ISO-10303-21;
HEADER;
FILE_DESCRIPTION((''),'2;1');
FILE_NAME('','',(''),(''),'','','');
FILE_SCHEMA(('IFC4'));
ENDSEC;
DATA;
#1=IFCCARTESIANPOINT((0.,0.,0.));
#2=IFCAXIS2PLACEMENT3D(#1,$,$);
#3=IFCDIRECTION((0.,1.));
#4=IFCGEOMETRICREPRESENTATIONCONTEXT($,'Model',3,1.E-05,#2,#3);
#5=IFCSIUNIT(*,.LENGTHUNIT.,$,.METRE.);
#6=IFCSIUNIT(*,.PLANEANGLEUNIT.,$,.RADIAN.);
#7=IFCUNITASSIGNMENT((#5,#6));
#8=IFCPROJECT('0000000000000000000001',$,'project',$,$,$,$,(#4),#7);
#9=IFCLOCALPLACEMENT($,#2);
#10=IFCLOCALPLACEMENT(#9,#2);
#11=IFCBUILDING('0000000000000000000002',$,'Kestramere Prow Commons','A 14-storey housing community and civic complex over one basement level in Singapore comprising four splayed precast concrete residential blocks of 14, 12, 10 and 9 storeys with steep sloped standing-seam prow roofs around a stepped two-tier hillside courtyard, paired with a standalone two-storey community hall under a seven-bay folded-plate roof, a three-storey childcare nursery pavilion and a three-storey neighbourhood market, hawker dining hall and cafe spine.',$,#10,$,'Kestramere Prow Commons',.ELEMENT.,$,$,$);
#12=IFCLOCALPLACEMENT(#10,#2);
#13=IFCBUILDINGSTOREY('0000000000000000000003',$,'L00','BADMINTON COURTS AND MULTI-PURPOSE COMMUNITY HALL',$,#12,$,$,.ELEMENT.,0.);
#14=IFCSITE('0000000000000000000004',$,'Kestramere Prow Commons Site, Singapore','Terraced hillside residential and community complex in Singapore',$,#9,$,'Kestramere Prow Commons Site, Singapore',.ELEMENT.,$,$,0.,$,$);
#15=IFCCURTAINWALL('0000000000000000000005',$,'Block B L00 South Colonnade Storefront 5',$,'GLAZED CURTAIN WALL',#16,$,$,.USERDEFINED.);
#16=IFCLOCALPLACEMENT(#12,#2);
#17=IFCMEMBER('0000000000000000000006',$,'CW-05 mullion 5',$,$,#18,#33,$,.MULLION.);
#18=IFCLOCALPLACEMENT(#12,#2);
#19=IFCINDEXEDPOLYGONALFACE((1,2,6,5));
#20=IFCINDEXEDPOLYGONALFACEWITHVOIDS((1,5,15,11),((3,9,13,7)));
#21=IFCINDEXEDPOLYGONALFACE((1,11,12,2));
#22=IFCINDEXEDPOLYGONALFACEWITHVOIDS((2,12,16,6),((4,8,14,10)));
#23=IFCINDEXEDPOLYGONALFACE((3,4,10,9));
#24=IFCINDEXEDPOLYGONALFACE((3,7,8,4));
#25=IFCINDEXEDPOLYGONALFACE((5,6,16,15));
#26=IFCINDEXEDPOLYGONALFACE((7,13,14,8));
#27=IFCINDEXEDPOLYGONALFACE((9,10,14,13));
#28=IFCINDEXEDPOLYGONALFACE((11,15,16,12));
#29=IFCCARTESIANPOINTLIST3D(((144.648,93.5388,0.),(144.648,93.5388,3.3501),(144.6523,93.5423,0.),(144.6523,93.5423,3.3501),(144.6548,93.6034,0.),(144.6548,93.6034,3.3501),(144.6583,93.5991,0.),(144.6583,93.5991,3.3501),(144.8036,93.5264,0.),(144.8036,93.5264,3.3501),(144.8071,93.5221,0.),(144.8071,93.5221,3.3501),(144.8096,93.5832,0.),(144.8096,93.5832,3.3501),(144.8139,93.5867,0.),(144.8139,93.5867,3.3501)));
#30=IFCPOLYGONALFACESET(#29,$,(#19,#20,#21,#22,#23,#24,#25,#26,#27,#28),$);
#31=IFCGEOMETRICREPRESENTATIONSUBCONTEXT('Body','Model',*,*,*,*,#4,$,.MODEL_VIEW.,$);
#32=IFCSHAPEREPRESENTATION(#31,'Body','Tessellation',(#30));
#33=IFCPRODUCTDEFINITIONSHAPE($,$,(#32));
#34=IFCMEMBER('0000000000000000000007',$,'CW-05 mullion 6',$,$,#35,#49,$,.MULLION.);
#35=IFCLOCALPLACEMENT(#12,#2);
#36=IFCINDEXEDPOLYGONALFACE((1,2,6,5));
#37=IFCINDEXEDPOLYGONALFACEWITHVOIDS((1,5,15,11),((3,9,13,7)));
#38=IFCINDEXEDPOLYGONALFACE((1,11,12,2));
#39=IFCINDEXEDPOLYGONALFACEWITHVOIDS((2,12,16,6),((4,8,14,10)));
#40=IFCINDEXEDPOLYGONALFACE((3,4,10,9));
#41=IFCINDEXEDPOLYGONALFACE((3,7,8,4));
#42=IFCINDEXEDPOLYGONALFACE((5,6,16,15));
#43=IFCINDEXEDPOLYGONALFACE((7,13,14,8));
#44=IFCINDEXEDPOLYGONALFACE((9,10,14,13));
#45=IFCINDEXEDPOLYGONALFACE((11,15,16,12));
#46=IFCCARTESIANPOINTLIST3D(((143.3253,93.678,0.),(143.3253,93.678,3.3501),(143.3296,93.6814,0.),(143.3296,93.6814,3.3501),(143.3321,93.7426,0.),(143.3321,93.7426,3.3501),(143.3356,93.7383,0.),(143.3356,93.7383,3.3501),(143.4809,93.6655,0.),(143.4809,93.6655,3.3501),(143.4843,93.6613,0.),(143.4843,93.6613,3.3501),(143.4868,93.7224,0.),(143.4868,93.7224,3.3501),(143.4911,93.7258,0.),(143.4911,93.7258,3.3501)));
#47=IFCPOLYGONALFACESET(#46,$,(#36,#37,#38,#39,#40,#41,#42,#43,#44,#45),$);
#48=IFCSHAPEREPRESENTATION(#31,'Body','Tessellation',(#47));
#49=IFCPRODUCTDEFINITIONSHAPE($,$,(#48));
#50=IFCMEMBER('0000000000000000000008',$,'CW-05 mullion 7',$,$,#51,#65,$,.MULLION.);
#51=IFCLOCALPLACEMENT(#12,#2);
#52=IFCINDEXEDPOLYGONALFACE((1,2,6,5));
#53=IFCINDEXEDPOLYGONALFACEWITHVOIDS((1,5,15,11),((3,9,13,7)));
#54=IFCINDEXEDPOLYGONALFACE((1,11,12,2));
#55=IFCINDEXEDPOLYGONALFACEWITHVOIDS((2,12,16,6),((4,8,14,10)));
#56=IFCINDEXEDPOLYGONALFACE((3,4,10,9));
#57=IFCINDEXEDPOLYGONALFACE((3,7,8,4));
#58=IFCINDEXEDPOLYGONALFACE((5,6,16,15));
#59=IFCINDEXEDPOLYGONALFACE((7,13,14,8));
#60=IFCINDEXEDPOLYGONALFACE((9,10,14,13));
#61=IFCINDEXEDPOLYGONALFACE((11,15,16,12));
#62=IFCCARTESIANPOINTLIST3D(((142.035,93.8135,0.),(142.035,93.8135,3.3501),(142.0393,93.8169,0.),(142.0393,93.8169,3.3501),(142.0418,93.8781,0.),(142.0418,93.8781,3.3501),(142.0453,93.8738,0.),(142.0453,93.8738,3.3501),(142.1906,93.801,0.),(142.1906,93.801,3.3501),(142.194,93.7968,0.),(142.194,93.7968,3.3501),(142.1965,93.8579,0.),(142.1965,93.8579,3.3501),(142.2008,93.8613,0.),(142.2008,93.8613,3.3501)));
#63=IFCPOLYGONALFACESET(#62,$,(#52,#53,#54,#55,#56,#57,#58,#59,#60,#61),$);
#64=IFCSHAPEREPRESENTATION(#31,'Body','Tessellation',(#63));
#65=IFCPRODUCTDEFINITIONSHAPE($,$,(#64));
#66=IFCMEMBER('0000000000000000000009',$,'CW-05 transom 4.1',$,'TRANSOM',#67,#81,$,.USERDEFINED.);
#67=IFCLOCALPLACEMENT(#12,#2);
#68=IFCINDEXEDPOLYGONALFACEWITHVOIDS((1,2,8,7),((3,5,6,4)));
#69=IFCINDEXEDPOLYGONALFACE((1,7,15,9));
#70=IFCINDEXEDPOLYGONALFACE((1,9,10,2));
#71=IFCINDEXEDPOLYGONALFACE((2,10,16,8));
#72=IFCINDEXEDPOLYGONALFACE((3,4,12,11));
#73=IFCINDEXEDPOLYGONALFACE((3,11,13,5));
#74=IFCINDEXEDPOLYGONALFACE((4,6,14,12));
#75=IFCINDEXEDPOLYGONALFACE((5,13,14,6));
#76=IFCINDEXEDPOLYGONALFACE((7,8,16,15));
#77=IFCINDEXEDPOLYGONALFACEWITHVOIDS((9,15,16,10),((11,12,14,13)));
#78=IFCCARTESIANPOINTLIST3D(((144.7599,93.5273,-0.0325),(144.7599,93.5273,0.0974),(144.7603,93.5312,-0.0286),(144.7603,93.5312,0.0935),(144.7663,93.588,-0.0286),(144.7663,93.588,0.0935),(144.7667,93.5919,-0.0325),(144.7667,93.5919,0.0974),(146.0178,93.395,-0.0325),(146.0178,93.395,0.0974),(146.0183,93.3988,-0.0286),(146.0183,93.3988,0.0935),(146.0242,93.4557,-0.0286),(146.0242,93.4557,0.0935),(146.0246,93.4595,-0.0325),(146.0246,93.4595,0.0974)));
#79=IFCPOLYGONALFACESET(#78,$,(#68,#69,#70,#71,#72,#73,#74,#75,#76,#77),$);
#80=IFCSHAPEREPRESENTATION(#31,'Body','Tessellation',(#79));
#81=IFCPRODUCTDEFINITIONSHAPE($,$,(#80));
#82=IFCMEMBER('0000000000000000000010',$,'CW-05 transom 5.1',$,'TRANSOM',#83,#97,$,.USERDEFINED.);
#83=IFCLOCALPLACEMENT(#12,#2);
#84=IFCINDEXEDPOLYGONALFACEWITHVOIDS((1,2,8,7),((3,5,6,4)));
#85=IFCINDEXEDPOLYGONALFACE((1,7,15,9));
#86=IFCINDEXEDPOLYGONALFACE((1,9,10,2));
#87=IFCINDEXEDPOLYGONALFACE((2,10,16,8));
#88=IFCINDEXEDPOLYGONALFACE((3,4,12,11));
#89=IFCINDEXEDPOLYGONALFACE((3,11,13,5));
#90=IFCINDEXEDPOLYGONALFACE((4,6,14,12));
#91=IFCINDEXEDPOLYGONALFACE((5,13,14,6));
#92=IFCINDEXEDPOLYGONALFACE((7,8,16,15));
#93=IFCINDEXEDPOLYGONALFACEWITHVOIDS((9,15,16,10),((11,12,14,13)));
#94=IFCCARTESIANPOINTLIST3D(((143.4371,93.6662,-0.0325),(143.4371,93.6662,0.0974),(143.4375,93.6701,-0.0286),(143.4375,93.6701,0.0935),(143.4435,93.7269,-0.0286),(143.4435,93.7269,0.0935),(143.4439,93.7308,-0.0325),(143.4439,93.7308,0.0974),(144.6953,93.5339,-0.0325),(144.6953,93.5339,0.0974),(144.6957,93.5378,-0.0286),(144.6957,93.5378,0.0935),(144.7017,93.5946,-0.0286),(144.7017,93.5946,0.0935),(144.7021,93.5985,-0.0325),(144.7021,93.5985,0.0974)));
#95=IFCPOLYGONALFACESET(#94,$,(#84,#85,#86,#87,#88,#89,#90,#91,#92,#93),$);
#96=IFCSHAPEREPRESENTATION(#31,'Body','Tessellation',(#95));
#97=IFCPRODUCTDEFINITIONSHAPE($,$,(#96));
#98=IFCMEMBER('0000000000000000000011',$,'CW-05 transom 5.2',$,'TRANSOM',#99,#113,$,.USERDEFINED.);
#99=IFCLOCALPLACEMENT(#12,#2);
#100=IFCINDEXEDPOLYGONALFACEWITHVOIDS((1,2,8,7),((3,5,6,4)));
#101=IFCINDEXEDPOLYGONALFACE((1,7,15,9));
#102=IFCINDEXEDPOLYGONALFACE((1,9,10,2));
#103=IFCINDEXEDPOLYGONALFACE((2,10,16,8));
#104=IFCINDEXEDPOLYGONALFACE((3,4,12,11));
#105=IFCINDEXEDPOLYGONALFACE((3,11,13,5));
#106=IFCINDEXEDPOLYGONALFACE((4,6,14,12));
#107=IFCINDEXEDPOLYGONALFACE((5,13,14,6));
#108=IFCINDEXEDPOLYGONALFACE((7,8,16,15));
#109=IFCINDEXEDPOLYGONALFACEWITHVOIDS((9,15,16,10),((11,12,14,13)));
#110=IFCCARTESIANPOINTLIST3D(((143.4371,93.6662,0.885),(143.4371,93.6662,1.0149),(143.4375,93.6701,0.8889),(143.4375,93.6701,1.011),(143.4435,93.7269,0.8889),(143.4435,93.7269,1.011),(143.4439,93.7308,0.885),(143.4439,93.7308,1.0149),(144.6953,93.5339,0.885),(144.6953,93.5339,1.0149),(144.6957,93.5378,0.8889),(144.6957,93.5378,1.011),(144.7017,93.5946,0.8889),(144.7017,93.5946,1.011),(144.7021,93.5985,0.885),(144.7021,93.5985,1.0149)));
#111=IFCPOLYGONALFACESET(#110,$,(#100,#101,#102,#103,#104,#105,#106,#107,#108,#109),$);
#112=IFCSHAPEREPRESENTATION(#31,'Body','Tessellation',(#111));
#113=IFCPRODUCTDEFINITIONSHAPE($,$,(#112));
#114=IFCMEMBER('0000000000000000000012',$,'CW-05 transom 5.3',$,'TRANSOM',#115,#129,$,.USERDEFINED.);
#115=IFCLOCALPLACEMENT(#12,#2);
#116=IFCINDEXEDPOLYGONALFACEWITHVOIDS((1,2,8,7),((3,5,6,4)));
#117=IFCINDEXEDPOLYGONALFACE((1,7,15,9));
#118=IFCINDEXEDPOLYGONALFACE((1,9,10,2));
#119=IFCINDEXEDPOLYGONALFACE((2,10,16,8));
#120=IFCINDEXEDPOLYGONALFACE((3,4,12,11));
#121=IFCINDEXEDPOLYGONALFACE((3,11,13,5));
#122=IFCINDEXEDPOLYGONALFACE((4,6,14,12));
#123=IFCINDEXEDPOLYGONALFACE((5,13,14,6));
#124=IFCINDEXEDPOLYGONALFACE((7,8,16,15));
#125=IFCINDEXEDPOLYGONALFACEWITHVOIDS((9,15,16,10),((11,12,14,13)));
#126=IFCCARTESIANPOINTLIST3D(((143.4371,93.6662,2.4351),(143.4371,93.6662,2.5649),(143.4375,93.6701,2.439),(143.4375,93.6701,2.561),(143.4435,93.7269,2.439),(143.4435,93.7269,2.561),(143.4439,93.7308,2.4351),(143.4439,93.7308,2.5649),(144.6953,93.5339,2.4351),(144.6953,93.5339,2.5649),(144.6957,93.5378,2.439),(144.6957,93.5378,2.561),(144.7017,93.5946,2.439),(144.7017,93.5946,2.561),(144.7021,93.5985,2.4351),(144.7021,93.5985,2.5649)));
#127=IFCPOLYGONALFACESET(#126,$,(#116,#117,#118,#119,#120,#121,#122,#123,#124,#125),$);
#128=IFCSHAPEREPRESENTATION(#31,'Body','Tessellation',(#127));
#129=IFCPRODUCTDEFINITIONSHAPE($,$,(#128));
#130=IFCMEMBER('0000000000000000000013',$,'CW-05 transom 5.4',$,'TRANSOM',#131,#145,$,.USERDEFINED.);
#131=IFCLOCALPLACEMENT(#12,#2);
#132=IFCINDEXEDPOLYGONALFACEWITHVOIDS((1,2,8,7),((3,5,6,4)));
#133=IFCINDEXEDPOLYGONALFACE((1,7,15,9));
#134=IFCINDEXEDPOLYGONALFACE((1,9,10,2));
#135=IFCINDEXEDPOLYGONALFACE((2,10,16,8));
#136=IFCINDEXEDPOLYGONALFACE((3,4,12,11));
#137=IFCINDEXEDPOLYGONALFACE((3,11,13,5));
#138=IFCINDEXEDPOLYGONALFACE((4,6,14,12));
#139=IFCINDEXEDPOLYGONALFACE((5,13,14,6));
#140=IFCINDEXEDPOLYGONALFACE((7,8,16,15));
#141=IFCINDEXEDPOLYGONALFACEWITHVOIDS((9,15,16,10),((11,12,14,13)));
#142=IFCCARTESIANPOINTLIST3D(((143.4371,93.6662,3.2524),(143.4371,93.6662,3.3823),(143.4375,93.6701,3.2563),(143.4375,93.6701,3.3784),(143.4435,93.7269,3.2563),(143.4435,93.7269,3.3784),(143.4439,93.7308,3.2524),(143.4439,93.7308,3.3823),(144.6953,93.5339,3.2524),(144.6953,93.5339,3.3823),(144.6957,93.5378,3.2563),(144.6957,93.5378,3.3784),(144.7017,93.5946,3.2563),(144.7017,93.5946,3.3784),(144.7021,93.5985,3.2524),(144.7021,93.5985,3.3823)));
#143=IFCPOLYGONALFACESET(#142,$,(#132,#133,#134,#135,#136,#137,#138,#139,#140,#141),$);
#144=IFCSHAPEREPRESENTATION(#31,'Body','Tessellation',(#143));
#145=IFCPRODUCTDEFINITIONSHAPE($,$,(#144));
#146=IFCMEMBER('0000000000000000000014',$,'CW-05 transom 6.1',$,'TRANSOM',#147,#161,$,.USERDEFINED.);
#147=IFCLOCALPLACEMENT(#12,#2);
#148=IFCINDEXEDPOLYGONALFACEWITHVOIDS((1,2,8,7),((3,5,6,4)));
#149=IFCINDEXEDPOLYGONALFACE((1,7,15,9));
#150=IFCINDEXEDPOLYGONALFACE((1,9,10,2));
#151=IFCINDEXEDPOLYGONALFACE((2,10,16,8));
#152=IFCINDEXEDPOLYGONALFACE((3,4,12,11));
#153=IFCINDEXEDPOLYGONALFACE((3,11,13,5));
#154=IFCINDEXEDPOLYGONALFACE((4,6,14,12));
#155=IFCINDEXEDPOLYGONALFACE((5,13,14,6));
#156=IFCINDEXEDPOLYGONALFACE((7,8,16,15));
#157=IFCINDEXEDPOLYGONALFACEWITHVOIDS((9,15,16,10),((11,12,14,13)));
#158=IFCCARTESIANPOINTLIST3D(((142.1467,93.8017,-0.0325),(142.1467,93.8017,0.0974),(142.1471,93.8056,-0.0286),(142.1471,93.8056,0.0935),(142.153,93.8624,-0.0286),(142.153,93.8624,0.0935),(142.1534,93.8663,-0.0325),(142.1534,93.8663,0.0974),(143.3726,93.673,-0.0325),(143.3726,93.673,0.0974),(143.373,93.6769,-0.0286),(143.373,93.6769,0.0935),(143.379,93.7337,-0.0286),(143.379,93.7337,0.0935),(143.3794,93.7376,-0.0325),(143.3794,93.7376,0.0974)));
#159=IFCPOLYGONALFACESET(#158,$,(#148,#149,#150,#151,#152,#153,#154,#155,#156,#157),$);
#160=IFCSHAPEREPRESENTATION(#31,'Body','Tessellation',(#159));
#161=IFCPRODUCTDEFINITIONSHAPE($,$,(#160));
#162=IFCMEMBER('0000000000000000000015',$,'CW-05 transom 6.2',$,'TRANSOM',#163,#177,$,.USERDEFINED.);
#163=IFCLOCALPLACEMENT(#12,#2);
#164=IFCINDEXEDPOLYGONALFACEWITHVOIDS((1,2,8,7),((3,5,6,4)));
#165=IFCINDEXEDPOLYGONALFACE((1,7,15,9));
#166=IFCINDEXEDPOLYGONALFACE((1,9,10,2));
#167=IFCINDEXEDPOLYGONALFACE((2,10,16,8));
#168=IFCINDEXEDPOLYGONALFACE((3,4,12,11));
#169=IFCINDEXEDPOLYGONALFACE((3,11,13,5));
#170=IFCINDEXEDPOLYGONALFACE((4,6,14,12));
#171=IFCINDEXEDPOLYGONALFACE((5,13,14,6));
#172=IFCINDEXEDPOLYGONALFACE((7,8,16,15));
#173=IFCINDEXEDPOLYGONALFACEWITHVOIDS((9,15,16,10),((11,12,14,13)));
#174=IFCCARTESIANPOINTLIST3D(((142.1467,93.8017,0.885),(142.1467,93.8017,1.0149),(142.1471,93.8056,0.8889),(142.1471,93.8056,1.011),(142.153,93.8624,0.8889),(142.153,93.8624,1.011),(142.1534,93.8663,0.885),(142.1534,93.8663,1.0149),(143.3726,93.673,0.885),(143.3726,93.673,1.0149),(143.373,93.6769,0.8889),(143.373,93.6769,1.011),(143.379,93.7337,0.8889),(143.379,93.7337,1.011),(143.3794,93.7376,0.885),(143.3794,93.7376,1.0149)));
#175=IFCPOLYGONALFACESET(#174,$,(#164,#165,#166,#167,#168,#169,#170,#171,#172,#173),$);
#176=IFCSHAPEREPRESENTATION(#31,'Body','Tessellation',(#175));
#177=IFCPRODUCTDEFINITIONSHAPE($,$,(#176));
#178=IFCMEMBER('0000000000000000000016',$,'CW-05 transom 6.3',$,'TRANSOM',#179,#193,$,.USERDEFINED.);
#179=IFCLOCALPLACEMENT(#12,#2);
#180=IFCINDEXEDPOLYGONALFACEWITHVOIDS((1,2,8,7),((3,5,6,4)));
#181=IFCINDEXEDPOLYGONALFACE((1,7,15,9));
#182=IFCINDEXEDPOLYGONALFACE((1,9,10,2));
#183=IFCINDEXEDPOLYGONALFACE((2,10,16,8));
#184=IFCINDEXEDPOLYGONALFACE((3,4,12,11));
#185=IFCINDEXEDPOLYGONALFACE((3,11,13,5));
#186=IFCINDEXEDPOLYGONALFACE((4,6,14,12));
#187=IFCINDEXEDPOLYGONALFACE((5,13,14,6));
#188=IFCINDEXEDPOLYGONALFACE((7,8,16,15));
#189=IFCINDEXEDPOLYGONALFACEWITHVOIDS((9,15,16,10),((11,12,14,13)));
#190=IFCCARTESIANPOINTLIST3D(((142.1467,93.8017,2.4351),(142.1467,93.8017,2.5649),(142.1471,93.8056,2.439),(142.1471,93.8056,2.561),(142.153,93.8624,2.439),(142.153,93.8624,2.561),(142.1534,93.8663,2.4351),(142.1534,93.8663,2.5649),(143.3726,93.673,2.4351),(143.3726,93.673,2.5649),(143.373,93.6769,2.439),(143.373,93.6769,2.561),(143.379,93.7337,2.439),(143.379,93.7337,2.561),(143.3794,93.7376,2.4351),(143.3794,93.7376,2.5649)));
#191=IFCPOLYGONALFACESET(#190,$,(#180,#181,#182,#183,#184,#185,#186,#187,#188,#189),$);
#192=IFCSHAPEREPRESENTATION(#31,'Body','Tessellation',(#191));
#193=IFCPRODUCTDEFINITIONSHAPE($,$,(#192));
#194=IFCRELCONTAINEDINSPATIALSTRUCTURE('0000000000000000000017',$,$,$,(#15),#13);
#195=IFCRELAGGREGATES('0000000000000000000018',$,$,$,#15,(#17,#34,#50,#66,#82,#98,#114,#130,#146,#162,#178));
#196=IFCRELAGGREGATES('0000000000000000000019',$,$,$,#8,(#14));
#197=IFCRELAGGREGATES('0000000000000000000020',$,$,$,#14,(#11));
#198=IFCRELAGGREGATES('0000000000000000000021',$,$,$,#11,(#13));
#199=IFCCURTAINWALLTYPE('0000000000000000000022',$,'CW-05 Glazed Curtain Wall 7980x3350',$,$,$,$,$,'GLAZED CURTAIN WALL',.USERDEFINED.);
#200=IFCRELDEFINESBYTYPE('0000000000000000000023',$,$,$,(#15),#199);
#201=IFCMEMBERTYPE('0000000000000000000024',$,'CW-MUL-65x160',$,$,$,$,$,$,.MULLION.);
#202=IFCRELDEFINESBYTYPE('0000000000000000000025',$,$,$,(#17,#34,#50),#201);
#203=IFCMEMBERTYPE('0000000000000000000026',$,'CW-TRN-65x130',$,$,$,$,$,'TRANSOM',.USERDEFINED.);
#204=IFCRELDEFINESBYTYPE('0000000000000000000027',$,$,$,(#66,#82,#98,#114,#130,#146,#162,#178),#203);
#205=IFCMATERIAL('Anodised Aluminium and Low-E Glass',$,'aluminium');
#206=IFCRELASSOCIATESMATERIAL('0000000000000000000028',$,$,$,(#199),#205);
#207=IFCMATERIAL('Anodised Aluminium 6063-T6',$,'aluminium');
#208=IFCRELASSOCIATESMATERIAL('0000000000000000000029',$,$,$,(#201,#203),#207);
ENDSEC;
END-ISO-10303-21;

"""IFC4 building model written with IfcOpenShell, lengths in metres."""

from ifc_helpers import new_model, si_unit, direction, frame, origin, origin_2d, place, context, subcontext, project, spatial, hollow_rectangle, extrude, material, material_profile, profile_set, type_object, element, aggregate, save


model = new_model("IFC4")

# Units and contexts
model_context = context("Model", 3, precision=1e-05, world=origin(), true_north=direction((0.0, 1.0)))
body_context = subcontext(model_context, "Body", "Model", "MODEL_VIEW")
ifc_project = project(units=[si_unit("LENGTHUNIT", "METRE"), si_unit("PLANEANGLEUNIT", "RADIAN")], contexts=[model_context])

# Site, building, storey
site_placement = place(None, origin())
site = spatial("IfcSite", under=ifc_project, at=site_placement, Name="Kestramere Prow Commons Site, Singapore", Description="Terraced hillside residential and community complex in Singapore", LongName="Kestramere Prow Commons Site, Singapore", CompositionType="ELEMENT", RefElevation=0.0)
building_placement = place(site_placement, origin())
building = spatial("IfcBuilding", under=site, at=building_placement, Name="Kestramere Prow Commons", Description="A 14-storey housing community and civic complex over one basement level in Singapore comprising four splayed precast concrete residential blocks of 14, 12, 10 and 9 storeys with steep sloped standing-seam prow roofs around a stepped two-tier hillside courtyard, paired with a standalone two-storey community hall under a seven-bay folded-plate roof, a three-storey childcare nursery pavilion and a three-storey neighbourhood market, hawker dining hall and cafe spine.", LongName="Kestramere Prow Commons", CompositionType="ELEMENT")
storey_placement = place(building_placement, origin())
storey = spatial("IfcBuildingStorey", under=building, at=storey_placement, Name="L00", Description="BADMINTON COURTS AND MULTI-PURPOSE COMMUNITY HALL", CompositionType="ELEMENT", Elevation=0.0)

# Curtain wall, members
ifc_material_1 = material(Name="Anodised Aluminium and Low-E Glass", Category="aluminium")
curtain_wall_type = type_object("IfcCurtainWallType", Name="CW-05 Glazed Curtain Wall 7980x3350", ElementType="GLAZED CURTAIN WALL", PredefinedType="USERDEFINED", material=ifc_material_1)
curtain_wall_placement = place(storey_placement, origin())
curtain_wall = element("IfcCurtainWall", 1, at=curtain_wall_placement, inside=storey, type_object=curtain_wall_type, Name="Block B L00 South Colonnade Storefront 5", ObjectType="GLAZED CURTAIN WALL", PredefinedType="USERDEFINED")
ifc_material_2 = material(Name="Anodised Aluminium 6063-T6", Category="aluminium")
ifc_material_profile_1 = material_profile(ifc_material_2, hollow_rectangle(XDim=0.0649, YDim=0.1599, WallThickness=0.0039, at=origin_2d()), Name="ALU-MUL 65x160")
ifc_profile_set_1 = profile_set([ifc_material_profile_1], Name="Anodised Aluminium 6063-T6")
member_type_1 = type_object("IfcMemberType", Name="CW-MUL-65x160", PredefinedType="MULLION", material=ifc_profile_set_1)
member_1_placement = place(storey_placement, frame((144.731, 93.5627, 0.0), z_axis=(0.0, 0.0, 1.0), x_axis=(-0.104528, -0.994522, 0.0)))
member_1 = element("IfcMember", 2, at=member_1_placement, type_object=member_type_1, Name="CW-05 mullion 5", PredefinedType="MULLION", context=body_context, shape_type="SweptSolid", body=[
    extrude(hollow_rectangle(XDim=0.0649, YDim=0.1599, WallThickness=0.0039, at=origin_2d()), origin(), (0.0, 0.0, 1.0), 3.3501),
])
member_2_placement = place(storey_placement, frame((143.4082, 93.7019, 0.0), z_axis=(0.0, 0.0, 1.0), x_axis=(-0.104528, -0.994522, 0.0)))
member_2 = element("IfcMember", 3, at=member_2_placement, type_object=member_type_1, Name="CW-05 mullion 6", PredefinedType="MULLION", context=body_context, shape_type="SweptSolid", body=[
    extrude(hollow_rectangle(XDim=0.0649, YDim=0.1599, WallThickness=0.0039, at=origin_2d()), origin(), (0.0, 0.0, 1.0), 3.3501),
])
member_3_placement = place(storey_placement, frame((142.1179, 93.8374, 0.0), z_axis=(0.0, 0.0, 1.0), x_axis=(-0.104528, -0.994522, 0.0)))
member_3 = element("IfcMember", 4, at=member_3_placement, type_object=member_type_1, Name="CW-05 mullion 7", PredefinedType="MULLION", context=body_context, shape_type="SweptSolid", body=[
    extrude(hollow_rectangle(XDim=0.0649, YDim=0.1599, WallThickness=0.0039, at=origin_2d()), origin(), (0.0, 0.0, 1.0), 3.3501),
])
ifc_material_profile_2 = material_profile(ifc_material_2, hollow_rectangle(XDim=0.0649, YDim=0.1299, WallThickness=0.0039, at=origin_2d()), Name="ALU-TRN 65x130")
ifc_profile_set_2 = profile_set([ifc_material_profile_2], Name="Anodised Aluminium 6063-T6")
member_type_2 = type_object("IfcMemberType", Name="CW-TRN-65x130", ElementType="TRANSOM", PredefinedType="USERDEFINED", material=ifc_profile_set_2)
member_4_placement = place(storey_placement, frame((146.0212, 93.4272, 0.0325), z_axis=(-0.994514, 0.104604, 0.0), x_axis=(-0.104604, -0.994514, 0.0)))
member_4 = element("IfcMember", 5, at=member_4_placement, type_object=member_type_2, Name="CW-05 transom 4.1", ObjectType="TRANSOM", PredefinedType="USERDEFINED", context=body_context, shape_type="SweptSolid", body=[
    extrude(hollow_rectangle(XDim=0.0649, YDim=0.1299, WallThickness=0.0039, at=origin_2d()), origin(), (0.0, 0.0, 1.0), 1.2649),
])
member_5_placement = place(storey_placement, frame((144.6987, 93.5662, 0.0325), z_axis=(-0.994516, 0.104584, 0.0), x_axis=(-0.104584, -0.994516, 0.0)))
member_5 = element("IfcMember", 6, at=member_5_placement, type_object=member_type_2, Name="CW-05 transom 5.1", ObjectType="TRANSOM", PredefinedType="USERDEFINED", context=body_context, shape_type="SweptSolid", body=[
    extrude(hollow_rectangle(XDim=0.0649, YDim=0.1299, WallThickness=0.0039, at=origin_2d()), origin(), (0.0, 0.0, 1.0), 1.2651),
])
member_6_placement = place(storey_placement, frame((144.6987, 93.5662, 0.95), z_axis=(-0.994516, 0.104584, 0.0), x_axis=(-0.104584, -0.994516, 0.0)))
member_6 = element("IfcMember", 7, at=member_6_placement, type_object=member_type_2, Name="CW-05 transom 5.2", ObjectType="TRANSOM", PredefinedType="USERDEFINED", context=body_context, shape_type="SweptSolid", body=[
    extrude(hollow_rectangle(XDim=0.0649, YDim=0.1299, WallThickness=0.0039, at=origin_2d()), origin(), (0.0, 0.0, 1.0), 1.2651),
])
member_7_placement = place(storey_placement, frame((144.6987, 93.5662, 2.5), z_axis=(-0.994516, 0.104584, 0.0), x_axis=(-0.104584, -0.994516, 0.0)))
member_7 = element("IfcMember", 8, at=member_7_placement, type_object=member_type_2, Name="CW-05 transom 5.3", ObjectType="TRANSOM", PredefinedType="USERDEFINED", context=body_context, shape_type="SweptSolid", body=[
    extrude(hollow_rectangle(XDim=0.0649, YDim=0.1299, WallThickness=0.0039, at=origin_2d()), origin(), (0.0, 0.0, 1.0), 1.2651),
])
member_8_placement = place(storey_placement, frame((144.6987, 93.5662, 3.3174), z_axis=(-0.994516, 0.104584, 0.0), x_axis=(-0.104584, -0.994516, 0.0)))
member_8 = element("IfcMember", 9, at=member_8_placement, type_object=member_type_2, Name="CW-05 transom 5.4", ObjectType="TRANSOM", PredefinedType="USERDEFINED", context=body_context, shape_type="SweptSolid", body=[
    extrude(hollow_rectangle(XDim=0.0649, YDim=0.1299, WallThickness=0.0039, at=origin_2d()), origin(), (0.0, 0.0, 1.0), 1.2651),
])
member_9_placement = place(storey_placement, frame((143.376, 93.7053, 0.0325), z_axis=(-0.994537, 0.104386, 0.0), x_axis=(-0.104386, -0.994537, 0.0)))
member_9 = element("IfcMember", 10, at=member_9_placement, type_object=member_type_2, Name="CW-05 transom 6.1", ObjectType="TRANSOM", PredefinedType="USERDEFINED", context=body_context, shape_type="SweptSolid", body=[
    extrude(hollow_rectangle(XDim=0.0649, YDim=0.1299, WallThickness=0.0039, at=origin_2d()), origin(), (0.0, 0.0, 1.0), 1.2327),
])
member_10_placement = place(storey_placement, frame((143.376, 93.7053, 0.95), z_axis=(-0.994537, 0.104386, 0.0), x_axis=(-0.104386, -0.994537, 0.0)))
member_10 = element("IfcMember", 11, at=member_10_placement, type_object=member_type_2, Name="CW-05 transom 6.2", ObjectType="TRANSOM", PredefinedType="USERDEFINED", context=body_context, shape_type="SweptSolid", body=[
    extrude(hollow_rectangle(XDim=0.0649, YDim=0.1299, WallThickness=0.0039, at=origin_2d()), origin(), (0.0, 0.0, 1.0), 1.2327),
])
member_11_placement = place(storey_placement, frame((143.376, 93.7053, 2.5), z_axis=(-0.994537, 0.104386, 0.0), x_axis=(-0.104386, -0.994537, 0.0)))
member_11 = element("IfcMember", 12, at=member_11_placement, type_object=member_type_2, Name="CW-05 transom 6.3", ObjectType="TRANSOM", PredefinedType="USERDEFINED", context=body_context, shape_type="SweptSolid", body=[
    extrude(hollow_rectangle(XDim=0.0649, YDim=0.1299, WallThickness=0.0039, at=origin_2d()), origin(), (0.0, 0.0, 1.0), 1.2327),
])
aggregate(curtain_wall, [member_1, member_2, member_3, member_4, member_5, member_6, member_7, member_8, member_9, member_10, member_11])

save(model, "model.ifc")
